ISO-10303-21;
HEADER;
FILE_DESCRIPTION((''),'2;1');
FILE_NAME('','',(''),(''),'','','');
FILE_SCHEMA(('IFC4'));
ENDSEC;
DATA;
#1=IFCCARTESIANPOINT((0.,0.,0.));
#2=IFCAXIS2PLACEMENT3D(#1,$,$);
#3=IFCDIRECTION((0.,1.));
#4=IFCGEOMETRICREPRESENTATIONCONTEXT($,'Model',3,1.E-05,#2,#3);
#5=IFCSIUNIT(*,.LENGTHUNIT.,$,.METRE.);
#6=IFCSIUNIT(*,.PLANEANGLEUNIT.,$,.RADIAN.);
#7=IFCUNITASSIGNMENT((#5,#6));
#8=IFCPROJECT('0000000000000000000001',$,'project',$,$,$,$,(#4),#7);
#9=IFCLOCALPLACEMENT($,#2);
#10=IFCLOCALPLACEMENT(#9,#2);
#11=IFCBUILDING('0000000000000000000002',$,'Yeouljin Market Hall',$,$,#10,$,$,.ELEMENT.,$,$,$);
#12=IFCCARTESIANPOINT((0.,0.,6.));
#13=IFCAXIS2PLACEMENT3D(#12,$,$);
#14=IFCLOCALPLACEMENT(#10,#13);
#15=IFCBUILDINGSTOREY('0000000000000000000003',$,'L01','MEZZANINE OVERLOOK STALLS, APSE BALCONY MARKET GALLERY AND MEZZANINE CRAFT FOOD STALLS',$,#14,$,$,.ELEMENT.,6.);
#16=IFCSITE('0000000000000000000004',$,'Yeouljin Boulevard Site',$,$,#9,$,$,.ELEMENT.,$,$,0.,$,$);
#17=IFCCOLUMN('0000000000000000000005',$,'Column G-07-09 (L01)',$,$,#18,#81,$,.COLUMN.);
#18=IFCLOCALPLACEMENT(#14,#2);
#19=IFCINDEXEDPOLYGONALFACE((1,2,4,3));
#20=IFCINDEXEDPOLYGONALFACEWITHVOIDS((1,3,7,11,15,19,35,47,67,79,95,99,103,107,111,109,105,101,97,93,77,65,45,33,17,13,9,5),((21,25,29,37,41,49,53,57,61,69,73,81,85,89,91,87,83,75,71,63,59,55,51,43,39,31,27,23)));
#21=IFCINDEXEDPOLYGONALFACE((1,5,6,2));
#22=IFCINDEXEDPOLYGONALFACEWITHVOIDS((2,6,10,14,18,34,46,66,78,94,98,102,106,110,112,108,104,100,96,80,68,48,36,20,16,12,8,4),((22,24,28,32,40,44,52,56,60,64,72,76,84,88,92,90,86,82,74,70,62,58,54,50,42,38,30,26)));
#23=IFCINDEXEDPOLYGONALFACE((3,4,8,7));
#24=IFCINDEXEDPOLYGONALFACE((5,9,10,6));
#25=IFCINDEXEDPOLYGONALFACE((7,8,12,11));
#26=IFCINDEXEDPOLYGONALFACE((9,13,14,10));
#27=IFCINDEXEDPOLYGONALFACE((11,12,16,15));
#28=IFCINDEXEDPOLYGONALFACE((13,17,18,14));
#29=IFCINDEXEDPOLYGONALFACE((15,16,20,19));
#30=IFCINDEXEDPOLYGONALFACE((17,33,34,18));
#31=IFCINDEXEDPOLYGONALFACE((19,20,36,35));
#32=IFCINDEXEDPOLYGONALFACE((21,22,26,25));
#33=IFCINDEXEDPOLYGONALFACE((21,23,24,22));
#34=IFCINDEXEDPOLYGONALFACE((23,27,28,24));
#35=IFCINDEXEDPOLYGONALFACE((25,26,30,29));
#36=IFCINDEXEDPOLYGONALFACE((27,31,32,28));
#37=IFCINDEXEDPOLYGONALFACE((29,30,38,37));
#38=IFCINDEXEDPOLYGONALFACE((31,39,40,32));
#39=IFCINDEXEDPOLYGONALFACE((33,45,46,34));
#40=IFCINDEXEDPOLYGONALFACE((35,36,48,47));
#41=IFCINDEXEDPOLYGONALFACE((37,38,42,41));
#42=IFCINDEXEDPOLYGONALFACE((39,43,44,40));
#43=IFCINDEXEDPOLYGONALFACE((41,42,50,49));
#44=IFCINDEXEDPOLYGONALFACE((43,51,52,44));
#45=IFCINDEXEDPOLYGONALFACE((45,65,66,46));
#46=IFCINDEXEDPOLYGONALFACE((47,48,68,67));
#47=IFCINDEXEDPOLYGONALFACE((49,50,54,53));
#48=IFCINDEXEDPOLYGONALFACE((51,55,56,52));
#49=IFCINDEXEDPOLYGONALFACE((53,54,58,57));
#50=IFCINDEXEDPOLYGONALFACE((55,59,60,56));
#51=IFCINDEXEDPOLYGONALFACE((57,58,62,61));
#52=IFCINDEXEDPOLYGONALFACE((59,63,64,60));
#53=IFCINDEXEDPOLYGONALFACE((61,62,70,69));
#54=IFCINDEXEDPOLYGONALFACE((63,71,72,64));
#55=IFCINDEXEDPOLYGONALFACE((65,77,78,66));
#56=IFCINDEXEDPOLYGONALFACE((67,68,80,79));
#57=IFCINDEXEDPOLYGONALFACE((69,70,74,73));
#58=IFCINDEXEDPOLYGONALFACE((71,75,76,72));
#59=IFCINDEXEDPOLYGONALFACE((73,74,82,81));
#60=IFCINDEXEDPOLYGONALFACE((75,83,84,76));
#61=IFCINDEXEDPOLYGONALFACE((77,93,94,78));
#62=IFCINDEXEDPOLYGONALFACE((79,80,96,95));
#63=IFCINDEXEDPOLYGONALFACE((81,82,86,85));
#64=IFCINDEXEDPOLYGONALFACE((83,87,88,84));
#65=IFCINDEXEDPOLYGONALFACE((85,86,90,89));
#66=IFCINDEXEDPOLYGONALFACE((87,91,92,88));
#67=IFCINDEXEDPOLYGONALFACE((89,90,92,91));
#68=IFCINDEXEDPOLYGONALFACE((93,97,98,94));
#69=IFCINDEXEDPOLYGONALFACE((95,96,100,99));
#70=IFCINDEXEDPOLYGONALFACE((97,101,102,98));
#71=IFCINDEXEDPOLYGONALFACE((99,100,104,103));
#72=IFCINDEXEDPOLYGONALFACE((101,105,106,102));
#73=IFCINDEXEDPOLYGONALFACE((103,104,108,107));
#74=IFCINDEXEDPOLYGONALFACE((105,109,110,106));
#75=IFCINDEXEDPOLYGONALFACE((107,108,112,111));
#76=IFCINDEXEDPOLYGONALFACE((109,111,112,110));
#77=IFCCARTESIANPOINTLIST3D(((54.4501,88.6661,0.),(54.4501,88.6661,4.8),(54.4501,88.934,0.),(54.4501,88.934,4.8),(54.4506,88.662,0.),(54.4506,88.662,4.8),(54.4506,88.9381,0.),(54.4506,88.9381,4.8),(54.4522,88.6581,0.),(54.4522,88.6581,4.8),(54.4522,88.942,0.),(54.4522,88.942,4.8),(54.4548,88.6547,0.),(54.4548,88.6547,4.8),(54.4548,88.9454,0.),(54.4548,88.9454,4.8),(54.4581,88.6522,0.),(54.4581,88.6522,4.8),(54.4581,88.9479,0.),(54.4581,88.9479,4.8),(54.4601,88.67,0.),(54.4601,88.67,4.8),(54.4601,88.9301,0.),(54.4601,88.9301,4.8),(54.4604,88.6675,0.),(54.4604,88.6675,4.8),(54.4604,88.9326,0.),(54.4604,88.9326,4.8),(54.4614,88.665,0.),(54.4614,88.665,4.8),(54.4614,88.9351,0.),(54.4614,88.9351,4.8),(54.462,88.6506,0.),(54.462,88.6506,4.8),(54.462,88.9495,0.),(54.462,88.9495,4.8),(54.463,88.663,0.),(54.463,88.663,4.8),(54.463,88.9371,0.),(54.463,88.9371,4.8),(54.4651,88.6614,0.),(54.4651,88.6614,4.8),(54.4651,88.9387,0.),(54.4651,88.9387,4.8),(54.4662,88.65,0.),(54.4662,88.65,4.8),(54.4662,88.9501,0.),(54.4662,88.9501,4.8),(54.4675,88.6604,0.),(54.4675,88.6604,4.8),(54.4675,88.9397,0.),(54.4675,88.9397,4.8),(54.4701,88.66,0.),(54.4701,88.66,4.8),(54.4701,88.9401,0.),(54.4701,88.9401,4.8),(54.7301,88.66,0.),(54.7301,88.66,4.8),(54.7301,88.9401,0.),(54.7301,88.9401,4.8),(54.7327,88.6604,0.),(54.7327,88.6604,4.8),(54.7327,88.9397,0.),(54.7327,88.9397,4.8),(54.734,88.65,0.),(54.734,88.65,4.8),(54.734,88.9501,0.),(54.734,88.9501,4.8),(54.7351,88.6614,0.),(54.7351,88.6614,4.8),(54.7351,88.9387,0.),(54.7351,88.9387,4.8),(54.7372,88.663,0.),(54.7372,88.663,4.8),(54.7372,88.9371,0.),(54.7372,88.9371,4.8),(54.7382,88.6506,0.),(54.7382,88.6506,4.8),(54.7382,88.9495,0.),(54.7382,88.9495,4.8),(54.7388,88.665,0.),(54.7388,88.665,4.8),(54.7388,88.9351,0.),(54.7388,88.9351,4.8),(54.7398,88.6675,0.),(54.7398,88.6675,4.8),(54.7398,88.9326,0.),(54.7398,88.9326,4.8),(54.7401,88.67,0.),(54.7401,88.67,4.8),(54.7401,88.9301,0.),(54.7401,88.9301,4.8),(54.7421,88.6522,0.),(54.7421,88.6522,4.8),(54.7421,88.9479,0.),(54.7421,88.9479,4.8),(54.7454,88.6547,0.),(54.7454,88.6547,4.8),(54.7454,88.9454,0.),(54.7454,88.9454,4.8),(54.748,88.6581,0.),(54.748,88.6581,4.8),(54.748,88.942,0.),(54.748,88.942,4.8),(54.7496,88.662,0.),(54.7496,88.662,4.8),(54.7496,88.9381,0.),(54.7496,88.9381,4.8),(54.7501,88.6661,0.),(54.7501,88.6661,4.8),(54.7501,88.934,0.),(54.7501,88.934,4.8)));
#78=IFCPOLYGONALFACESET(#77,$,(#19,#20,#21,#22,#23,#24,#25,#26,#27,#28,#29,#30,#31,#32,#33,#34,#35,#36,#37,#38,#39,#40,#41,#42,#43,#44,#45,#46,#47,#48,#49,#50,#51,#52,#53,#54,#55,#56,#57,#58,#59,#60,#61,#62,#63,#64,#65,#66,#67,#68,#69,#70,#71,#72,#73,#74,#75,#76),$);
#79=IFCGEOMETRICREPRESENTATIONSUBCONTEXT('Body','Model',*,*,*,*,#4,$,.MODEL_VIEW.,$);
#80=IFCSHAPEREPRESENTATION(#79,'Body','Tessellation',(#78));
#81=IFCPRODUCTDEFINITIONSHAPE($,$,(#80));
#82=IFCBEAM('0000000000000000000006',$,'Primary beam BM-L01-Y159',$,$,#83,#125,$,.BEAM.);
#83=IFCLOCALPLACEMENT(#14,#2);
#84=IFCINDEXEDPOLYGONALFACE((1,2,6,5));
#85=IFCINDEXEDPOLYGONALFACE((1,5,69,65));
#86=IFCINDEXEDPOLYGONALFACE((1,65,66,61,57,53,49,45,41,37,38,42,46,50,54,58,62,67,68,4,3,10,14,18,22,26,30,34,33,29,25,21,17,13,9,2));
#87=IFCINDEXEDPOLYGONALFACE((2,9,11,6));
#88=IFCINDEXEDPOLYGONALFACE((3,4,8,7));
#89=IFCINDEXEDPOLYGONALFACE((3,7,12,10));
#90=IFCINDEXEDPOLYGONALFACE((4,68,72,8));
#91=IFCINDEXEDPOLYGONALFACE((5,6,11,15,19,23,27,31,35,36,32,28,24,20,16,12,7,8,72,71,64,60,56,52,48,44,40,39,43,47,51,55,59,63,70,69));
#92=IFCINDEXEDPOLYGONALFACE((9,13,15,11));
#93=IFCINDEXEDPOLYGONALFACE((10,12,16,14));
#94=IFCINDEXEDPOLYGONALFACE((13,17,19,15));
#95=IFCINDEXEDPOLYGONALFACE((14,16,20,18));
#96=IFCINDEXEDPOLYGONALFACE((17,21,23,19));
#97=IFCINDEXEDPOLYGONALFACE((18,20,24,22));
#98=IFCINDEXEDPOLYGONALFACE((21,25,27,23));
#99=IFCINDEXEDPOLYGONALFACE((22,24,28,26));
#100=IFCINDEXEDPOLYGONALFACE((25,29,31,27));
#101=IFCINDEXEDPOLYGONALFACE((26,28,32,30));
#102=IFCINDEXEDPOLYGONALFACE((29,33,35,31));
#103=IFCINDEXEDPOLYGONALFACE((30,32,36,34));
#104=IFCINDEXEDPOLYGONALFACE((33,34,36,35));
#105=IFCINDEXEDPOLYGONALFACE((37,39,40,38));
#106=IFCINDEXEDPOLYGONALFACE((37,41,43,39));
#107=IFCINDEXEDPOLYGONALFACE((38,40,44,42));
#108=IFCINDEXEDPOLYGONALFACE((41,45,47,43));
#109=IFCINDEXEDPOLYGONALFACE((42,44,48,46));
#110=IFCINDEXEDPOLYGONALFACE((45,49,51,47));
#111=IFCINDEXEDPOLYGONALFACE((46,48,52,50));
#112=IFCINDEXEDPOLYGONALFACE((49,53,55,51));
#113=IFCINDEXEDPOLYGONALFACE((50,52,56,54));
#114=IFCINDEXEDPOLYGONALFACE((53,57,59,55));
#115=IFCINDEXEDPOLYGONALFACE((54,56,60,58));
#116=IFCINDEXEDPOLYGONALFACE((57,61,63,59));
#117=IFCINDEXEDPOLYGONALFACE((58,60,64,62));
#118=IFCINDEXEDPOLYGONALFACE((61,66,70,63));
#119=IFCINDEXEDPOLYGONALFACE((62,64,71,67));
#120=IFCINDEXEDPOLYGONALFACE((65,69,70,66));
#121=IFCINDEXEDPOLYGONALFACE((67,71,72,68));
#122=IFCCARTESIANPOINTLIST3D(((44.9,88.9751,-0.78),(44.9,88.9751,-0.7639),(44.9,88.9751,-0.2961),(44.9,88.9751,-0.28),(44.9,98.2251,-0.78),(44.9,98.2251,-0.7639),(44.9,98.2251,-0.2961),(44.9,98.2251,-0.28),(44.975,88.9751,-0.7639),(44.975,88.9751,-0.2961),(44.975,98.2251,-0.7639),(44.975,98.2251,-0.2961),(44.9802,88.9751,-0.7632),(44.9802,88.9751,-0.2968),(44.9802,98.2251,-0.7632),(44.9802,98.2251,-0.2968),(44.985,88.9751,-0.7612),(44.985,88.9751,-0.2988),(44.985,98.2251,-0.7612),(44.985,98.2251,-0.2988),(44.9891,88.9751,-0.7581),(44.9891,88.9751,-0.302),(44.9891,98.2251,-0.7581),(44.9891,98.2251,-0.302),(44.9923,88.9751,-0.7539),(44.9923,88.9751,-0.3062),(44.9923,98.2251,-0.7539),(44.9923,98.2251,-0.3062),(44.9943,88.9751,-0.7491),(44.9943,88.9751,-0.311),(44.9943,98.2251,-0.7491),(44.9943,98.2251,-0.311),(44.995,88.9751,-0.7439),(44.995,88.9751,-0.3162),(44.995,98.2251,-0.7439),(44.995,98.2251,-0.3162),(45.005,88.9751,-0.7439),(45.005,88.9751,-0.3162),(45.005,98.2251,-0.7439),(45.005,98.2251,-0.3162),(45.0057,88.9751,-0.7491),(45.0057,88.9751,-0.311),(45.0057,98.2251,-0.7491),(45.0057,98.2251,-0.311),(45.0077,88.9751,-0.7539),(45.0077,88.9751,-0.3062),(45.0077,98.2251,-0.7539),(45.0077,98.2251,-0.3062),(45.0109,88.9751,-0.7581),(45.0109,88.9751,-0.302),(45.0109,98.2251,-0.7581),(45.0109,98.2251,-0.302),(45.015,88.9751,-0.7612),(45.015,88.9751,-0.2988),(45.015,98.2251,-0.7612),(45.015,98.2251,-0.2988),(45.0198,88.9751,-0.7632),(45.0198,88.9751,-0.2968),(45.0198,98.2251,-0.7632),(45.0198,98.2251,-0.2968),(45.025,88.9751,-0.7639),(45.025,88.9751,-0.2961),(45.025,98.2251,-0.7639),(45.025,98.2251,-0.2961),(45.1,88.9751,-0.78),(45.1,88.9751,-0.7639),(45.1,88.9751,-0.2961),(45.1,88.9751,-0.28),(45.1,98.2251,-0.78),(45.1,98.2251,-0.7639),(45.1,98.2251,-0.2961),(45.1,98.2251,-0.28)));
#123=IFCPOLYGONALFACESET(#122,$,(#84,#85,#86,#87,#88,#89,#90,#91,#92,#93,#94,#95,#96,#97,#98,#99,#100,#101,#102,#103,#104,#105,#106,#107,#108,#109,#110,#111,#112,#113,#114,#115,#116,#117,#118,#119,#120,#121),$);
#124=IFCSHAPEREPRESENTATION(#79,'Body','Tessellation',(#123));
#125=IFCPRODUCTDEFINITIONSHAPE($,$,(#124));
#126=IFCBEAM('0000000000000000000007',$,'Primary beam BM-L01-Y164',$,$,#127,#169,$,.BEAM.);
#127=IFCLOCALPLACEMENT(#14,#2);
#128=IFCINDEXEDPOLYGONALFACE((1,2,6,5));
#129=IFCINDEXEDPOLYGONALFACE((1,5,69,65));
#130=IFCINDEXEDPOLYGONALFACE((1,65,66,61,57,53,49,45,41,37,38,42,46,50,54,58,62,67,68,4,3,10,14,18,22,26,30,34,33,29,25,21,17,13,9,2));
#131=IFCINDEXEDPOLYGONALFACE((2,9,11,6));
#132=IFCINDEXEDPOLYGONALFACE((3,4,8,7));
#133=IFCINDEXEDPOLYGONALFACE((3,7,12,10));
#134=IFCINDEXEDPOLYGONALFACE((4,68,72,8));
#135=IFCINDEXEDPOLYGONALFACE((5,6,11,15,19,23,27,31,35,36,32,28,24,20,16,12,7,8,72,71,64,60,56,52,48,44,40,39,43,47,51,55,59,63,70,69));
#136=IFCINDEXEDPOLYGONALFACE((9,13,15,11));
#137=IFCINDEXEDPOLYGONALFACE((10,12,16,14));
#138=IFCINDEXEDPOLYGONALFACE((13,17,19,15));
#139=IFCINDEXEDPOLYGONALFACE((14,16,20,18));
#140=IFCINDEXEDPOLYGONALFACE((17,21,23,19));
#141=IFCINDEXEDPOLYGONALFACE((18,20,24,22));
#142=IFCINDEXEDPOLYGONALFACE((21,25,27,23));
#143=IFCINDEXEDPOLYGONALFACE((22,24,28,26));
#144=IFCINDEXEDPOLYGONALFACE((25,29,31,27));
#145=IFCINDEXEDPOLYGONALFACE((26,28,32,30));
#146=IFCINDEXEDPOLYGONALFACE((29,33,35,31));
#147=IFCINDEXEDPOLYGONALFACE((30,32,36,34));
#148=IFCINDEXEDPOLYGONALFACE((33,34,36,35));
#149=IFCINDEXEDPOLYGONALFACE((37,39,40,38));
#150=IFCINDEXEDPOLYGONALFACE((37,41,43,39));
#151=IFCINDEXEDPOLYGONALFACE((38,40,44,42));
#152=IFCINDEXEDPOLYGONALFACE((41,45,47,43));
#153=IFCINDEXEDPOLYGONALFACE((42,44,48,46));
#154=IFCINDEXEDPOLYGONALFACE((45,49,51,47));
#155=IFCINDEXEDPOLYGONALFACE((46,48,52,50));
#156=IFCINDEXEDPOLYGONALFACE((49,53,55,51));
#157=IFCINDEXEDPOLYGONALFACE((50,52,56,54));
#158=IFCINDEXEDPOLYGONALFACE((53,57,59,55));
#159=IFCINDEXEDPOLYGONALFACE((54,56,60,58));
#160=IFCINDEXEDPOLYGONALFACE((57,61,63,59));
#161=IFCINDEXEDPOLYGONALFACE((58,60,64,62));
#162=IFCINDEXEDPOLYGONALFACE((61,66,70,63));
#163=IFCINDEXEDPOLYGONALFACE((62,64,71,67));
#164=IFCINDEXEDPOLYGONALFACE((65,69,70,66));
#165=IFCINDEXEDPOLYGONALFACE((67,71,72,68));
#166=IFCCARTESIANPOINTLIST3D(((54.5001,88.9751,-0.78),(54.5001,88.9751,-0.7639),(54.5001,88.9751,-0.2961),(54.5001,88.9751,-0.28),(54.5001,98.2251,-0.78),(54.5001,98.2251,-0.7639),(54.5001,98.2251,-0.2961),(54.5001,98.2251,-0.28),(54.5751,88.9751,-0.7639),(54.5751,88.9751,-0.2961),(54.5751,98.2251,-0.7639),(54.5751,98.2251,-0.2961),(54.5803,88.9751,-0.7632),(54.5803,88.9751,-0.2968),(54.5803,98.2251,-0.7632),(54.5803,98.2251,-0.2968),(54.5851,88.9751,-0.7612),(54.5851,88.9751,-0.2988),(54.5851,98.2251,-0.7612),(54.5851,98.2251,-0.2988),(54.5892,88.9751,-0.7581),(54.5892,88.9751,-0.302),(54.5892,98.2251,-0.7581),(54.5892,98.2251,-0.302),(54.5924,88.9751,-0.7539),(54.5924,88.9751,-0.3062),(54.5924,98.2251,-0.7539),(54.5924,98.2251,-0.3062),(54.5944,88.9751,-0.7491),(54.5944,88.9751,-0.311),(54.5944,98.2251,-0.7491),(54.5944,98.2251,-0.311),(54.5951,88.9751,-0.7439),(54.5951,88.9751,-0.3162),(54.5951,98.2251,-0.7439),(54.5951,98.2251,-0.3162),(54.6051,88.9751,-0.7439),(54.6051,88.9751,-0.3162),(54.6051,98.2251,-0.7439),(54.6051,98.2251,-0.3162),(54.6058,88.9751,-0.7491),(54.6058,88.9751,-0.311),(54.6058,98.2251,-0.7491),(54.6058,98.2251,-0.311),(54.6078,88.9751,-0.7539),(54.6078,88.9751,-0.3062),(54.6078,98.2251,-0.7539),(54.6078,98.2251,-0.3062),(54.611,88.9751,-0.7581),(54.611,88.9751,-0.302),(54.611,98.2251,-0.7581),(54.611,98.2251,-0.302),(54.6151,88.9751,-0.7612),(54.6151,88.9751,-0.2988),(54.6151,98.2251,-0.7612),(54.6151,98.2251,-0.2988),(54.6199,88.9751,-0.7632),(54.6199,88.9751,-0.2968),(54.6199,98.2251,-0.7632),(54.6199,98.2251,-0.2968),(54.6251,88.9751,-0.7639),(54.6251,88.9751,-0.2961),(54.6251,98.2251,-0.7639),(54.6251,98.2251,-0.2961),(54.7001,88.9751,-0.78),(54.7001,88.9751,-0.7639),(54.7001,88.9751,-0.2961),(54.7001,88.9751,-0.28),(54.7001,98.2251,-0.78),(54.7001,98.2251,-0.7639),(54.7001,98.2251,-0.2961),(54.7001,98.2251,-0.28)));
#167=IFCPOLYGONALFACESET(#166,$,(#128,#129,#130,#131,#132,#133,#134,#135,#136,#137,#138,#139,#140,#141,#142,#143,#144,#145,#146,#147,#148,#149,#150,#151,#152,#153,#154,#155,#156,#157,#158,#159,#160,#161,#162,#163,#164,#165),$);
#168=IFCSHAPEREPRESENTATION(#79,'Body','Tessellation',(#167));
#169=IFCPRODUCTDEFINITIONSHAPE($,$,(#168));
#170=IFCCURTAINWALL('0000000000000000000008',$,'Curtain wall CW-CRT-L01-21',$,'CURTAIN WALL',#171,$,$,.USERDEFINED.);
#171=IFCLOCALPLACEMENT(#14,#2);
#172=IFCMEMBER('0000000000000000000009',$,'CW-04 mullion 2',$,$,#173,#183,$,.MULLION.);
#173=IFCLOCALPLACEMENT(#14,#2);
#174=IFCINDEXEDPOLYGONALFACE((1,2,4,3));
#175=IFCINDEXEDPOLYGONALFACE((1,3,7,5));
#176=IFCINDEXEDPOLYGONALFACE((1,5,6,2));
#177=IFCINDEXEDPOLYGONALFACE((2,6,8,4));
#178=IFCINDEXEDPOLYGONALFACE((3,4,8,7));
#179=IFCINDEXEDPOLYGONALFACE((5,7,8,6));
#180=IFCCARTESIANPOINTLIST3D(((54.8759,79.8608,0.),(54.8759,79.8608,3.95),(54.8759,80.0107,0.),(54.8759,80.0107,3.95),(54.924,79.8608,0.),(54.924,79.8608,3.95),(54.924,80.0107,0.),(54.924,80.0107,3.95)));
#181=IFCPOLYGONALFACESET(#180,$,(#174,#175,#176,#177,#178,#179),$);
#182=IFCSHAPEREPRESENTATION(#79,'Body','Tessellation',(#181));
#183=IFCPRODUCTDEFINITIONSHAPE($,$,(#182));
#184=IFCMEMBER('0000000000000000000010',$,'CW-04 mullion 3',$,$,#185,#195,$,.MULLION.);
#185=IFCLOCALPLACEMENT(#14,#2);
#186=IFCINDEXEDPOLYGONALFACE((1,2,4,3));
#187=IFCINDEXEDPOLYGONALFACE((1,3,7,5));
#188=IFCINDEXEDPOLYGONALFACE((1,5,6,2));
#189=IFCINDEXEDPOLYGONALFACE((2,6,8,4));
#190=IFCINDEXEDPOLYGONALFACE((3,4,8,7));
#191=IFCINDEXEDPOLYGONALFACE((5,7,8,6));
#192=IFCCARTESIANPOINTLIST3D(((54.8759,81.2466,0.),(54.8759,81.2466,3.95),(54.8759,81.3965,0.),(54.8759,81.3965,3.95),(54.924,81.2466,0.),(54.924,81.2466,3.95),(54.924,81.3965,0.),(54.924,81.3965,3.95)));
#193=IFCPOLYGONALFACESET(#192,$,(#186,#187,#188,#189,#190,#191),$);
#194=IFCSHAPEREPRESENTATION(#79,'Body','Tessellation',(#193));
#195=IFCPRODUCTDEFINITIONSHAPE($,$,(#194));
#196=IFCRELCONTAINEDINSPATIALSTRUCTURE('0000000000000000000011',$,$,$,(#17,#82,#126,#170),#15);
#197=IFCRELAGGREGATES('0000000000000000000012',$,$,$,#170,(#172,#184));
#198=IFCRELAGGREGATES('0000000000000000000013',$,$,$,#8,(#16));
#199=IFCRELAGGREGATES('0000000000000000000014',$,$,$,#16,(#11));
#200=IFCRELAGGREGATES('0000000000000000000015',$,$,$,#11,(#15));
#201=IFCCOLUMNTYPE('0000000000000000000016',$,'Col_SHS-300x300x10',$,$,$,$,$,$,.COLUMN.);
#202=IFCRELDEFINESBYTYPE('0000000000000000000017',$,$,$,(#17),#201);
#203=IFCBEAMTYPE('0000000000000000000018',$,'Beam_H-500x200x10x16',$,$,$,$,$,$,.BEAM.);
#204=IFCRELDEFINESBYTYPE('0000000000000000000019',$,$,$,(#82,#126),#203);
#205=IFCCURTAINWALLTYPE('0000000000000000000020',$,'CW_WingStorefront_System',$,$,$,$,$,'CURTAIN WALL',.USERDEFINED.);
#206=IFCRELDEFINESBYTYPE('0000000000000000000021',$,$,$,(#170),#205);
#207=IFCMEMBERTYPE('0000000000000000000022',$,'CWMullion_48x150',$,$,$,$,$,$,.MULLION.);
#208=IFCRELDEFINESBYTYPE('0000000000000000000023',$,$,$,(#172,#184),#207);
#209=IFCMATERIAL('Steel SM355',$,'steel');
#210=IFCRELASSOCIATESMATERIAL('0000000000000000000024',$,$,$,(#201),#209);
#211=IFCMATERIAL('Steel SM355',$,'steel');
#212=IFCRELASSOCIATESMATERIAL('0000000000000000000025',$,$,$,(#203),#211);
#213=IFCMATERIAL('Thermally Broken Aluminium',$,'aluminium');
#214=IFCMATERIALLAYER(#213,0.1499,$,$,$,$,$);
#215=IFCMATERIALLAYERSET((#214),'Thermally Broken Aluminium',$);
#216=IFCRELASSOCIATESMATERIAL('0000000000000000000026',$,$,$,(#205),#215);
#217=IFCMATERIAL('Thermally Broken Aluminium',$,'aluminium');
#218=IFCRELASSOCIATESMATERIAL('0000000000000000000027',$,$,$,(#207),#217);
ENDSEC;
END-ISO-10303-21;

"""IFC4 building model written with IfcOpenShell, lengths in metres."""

from ifc_helpers import new_model, si_unit, direction, frame, origin, origin_2d, place, context, subcontext, project, spatial, rectangle, hollow_rectangle, i_section, extrude, material, layer, layer_set, material_profile, profile_set, type_object, element, aggregate, save


model = new_model("IFC4")

# Units and contexts
model_context = context("Model", 3, precision=1e-05, world=origin(), true_north=direction((0.0, 1.0)))
body_context = subcontext(model_context, "Body", "Model", "MODEL_VIEW")
ifc_project = project(units=[si_unit("LENGTHUNIT", "METRE"), si_unit("PLANEANGLEUNIT", "RADIAN")], contexts=[model_context])

# Site, building, storey
site_placement = place(None, origin())
site = spatial("IfcSite", under=ifc_project, at=site_placement, Name="Yeouljin Boulevard Site", CompositionType="ELEMENT", RefElevation=0.0)
building_placement = place(site_placement, origin())
building = spatial("IfcBuilding", under=site, at=building_placement, Name="Yeouljin Market Hall", CompositionType="ELEMENT")
storey_placement = place(building_placement, frame((0.0, 0.0, 6.0)))
storey = spatial("IfcBuildingStorey", under=building, at=storey_placement, Name="L01", Description="MEZZANINE OVERLOOK STALLS, APSE BALCONY MARKET GALLERY AND MEZZANINE CRAFT FOOD STALLS", CompositionType="ELEMENT", Elevation=6.0)

# Column
ifc_material_1 = material(Name="Steel SM355", Category="steel")
ifc_material_profile_1 = material_profile(ifc_material_1, hollow_rectangle(XDim=0.3, YDim=0.3, WallThickness=0.01, InnerFilletRadius=0.01, OuterFilletRadius=0.0161, at=origin_2d()), Name="SHS-300x300x10")
ifc_profile_set_1 = profile_set([ifc_material_profile_1], Name="Steel SM355")
column_type = type_object("IfcColumnType", Name="Col_SHS-300x300x10", PredefinedType="COLUMN", material=ifc_profile_set_1)
column_placement = place(storey_placement, frame((54.6001, 88.8, 0.0), z_axis=(0.0, 0.0, 1.0), x_axis=(1.0, 0.0, 0.0)))
element("IfcColumn", 1, at=column_placement, inside=storey, type_object=column_type, Name="Column G-07-09 (L01)", PredefinedType="COLUMN", context=body_context, shape_type="SweptSolid", body=[
    extrude(hollow_rectangle(XDim=0.3, YDim=0.3, WallThickness=0.01, InnerFilletRadius=0.01, OuterFilletRadius=0.0161, at=origin_2d()), origin(), (0.0, 0.0, 1.0), 4.8),
])

# Beams
ifc_material_2 = material(Name="Steel SM355", Category="steel")
ifc_material_profile_2 = material_profile(ifc_material_2, i_section(OverallWidth=0.2, OverallDepth=0.5, WebThickness=0.01, FlangeThickness=0.0161, FilletRadius=0.02, at=origin_2d()), Name="H-500x200x10x16")
ifc_profile_set_2 = profile_set([ifc_material_profile_2], Name="Steel SM355")
beam_type_1 = type_object("IfcBeamType", Name="Beam_H-500x200x10x16", PredefinedType="BEAM", material=ifc_profile_set_2)
for number, where, z_axis, x_axis, name in (
    (2, (45.0, 88.9751, -0.53), (0.0, 1.0, 0.0), (-1.0, 0.0, 0.0), "Primary beam BM-L01-Y159"),
    (3, (54.6001, 88.9751, -0.53), (0.0, 1.0, 0.0), (-1.0, 0.0, 0.0), "Primary beam BM-L01-Y164"),
):
    element("IfcBeam", number, at=place(storey_placement, frame(where, z_axis=z_axis, x_axis=x_axis)), inside=storey, type_object=beam_type_1, Name=name, PredefinedType="BEAM", context=body_context, shape_type="SweptSolid", body=[
        extrude(i_section(OverallWidth=0.2, OverallDepth=0.5, WebThickness=0.01, FlangeThickness=0.0161, FilletRadius=0.02, at=origin_2d()), origin(), (0.0, 0.0, 1.0), 9.25),
    ])

# Curtain wall, members
ifc_material_3 = material(Name="Thermally Broken Aluminium", Category="aluminium")
ifc_layer_1 = layer(ifc_material_3, 0.1499)
ifc_layer_set_1 = layer_set([ifc_layer_1], Name="Thermally Broken Aluminium")
curtain_wall_type = type_object("IfcCurtainWallType", Name="CW_WingStorefront_System", ElementType="CURTAIN WALL", PredefinedType="USERDEFINED", material=ifc_layer_set_1)
curtain_wall_placement = place(storey_placement, origin())
curtain_wall = element("IfcCurtainWall", 4, at=curtain_wall_placement, inside=storey, type_object=curtain_wall_type, Name="Curtain wall CW-CRT-L01-21", ObjectType="CURTAIN WALL", PredefinedType="USERDEFINED")
ifc_material_4 = material(Name="Thermally Broken Aluminium", Category="aluminium")
ifc_material_profile_3 = material_profile(ifc_material_4, rectangle(XDim=0.0481, YDim=0.1499, at=origin_2d()), Name="CW-MULL-48x150")
ifc_profile_set_3 = profile_set([ifc_material_profile_3], Name="Thermally Broken Aluminium")
member_type_1 = type_object("IfcMemberType", Name="CWMullion_48x150", PredefinedType="MULLION", material=ifc_profile_set_3)
member_1_placement = place(storey_placement, frame((54.8999, 79.9358, 0.0), z_axis=(0.0, 0.0, 1.0), x_axis=(-1.0, 0.0, 0.0)))
member_1 = element("IfcMember", 5, at=member_1_placement, type_object=member_type_1, Name="CW-04 mullion 2", PredefinedType="MULLION", context=body_context, shape_type="SweptSolid", body=[
    extrude(rectangle(XDim=0.0481, YDim=0.1499, at=origin_2d()), origin(), (0.0, 0.0, 1.0), 3.95),
])
member_2_placement = place(storey_placement, frame((54.8999, 81.3215, 0.0), z_axis=(0.0, 0.0, 1.0), x_axis=(-1.0, 0.0, 0.0)))
member_2 = element("IfcMember", 6, at=member_2_placement, type_object=member_type_1, Name="CW-04 mullion 3", PredefinedType="MULLION", context=body_context, shape_type="SweptSolid", body=[
    extrude(rectangle(XDim=0.0481, YDim=0.1499, at=origin_2d()), origin(), (0.0, 0.0, 1.0), 3.95),
])

aggregate(curtain_wall, [member_1, member_2])

save(model, "model.ifc")
